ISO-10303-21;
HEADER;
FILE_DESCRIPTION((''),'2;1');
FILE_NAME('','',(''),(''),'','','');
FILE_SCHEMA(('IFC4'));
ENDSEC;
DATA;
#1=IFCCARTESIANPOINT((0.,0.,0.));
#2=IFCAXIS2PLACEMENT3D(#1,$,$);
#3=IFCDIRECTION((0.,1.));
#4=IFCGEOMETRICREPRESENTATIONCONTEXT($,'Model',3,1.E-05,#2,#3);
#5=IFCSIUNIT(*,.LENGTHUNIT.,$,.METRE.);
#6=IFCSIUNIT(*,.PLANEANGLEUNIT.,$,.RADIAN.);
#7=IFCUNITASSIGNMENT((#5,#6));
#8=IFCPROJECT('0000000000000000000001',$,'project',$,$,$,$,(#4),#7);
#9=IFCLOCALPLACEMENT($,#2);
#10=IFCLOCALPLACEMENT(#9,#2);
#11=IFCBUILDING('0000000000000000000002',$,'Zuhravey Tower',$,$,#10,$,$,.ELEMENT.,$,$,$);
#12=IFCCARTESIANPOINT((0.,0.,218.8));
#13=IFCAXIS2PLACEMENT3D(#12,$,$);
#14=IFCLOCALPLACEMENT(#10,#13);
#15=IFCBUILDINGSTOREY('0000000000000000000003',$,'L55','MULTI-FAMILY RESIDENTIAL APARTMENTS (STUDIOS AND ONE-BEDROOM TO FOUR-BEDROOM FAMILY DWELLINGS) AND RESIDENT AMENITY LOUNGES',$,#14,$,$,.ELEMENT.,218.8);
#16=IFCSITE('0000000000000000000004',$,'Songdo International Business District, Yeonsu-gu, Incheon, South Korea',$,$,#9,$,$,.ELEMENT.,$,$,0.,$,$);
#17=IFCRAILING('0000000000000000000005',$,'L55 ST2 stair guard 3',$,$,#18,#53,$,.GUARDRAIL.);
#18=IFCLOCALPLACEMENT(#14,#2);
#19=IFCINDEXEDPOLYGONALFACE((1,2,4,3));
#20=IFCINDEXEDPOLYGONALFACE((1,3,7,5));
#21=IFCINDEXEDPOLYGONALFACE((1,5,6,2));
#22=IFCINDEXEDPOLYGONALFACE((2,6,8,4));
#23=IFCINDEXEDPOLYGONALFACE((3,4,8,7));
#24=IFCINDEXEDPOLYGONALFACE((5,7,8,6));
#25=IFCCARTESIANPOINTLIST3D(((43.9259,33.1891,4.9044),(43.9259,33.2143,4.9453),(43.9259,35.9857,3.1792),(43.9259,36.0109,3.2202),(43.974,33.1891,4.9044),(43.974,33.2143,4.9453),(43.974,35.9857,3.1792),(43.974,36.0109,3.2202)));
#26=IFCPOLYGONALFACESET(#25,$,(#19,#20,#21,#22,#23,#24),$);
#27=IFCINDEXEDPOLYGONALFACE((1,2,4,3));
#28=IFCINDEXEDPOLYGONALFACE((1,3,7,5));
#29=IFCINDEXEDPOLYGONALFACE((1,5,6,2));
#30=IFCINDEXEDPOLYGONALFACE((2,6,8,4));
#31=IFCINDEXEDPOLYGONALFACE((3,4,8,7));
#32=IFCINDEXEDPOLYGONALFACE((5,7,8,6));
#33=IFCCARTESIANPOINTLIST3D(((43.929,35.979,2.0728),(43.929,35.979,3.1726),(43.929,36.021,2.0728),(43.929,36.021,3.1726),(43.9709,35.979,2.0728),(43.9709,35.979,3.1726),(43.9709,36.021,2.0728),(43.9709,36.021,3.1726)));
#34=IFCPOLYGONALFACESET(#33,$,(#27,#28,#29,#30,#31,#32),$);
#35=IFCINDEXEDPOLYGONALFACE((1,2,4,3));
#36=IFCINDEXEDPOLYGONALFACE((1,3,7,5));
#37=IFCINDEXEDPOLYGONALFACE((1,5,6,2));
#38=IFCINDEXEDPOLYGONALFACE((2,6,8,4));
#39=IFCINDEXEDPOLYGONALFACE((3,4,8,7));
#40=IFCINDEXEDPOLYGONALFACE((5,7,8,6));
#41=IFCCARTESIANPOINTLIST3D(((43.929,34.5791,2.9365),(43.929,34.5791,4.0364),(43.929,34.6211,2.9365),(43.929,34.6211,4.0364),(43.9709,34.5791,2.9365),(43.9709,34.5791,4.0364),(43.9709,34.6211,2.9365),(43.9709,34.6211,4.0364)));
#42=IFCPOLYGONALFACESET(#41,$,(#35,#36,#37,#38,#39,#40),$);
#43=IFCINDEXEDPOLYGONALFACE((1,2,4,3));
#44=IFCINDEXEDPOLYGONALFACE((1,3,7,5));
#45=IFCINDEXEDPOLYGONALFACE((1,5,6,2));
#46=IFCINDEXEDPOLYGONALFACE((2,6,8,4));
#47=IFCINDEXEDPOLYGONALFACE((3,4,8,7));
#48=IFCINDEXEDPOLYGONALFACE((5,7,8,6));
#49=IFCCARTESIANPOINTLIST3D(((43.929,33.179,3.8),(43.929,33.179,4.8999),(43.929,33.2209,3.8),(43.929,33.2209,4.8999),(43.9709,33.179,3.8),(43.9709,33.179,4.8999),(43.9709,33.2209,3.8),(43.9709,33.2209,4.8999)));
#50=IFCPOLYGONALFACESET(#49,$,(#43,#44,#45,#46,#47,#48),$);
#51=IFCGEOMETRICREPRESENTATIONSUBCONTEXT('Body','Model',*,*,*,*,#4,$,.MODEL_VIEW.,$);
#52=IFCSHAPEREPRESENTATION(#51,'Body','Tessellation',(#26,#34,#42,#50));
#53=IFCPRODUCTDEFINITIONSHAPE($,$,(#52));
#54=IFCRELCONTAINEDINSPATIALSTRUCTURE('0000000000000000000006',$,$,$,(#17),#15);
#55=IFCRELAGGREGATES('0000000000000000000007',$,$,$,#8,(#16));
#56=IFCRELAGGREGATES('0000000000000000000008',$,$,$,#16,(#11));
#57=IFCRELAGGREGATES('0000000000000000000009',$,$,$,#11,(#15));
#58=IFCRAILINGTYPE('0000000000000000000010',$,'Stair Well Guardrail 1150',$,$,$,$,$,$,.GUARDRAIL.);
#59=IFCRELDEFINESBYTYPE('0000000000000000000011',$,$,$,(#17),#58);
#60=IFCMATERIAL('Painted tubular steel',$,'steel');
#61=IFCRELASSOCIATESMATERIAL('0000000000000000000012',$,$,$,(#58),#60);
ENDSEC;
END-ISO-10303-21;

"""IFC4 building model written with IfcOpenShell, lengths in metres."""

from ifc_helpers import new_model, si_unit, direction, frame, origin, origin_2d, place, context, subcontext, project, spatial, rectangle, extrude, material, type_object, element, save


model = new_model("IFC4")

# Units and contexts
model_context = context("Model", 3, precision=1e-05, world=origin(), true_north=direction((0.0, 1.0)))
body_context = subcontext(model_context, "Body", "Model", "MODEL_VIEW")
ifc_project = project(units=[si_unit("LENGTHUNIT", "METRE"), si_unit("PLANEANGLEUNIT", "RADIAN")], contexts=[model_context])

# Site, building, storey
site_placement = place(None, origin())
site = spatial("IfcSite", under=ifc_project, at=site_placement, Name="Songdo International Business District, Yeonsu-gu, Incheon, South Korea", CompositionType="ELEMENT", RefElevation=0.0)
building_placement = place(site_placement, origin())
building = spatial("IfcBuilding", under=site, at=building_placement, Name="Zuhravey Tower", CompositionType="ELEMENT")
storey_placement = place(building_placement, frame((0.0, 0.0, 218.8)))
storey = spatial("IfcBuildingStorey", under=building, at=storey_placement, Name="L55", Description="MULTI-FAMILY RESIDENTIAL APARTMENTS (STUDIOS AND ONE-BEDROOM TO FOUR-BEDROOM FAMILY DWELLINGS) AND RESIDENT AMENITY LOUNGES", CompositionType="ELEMENT", Elevation=218.8)

# Railing
ifc_material_1 = material(Name="Painted tubular steel", Category="steel")
railing_type_1 = type_object("IfcRailingType", Name="Stair Well Guardrail 1150", PredefinedType="GUARDRAIL", material=ifc_material_1)
railing_1_placement = place(storey_placement, frame((43.95, 36.0, 2.0728)))
element("IfcRailing", 1, at=railing_1_placement, inside=storey, type_object=railing_type_1, Name="L55 ST2 stair guard 3", PredefinedType="GUARDRAIL", context=body_context, shape_type="SweptSolid", body=[
    extrude(rectangle(XDim=0.0481, YDim=0.0481, at=origin_2d()), frame((0.0, -0.0017, 1.127), z_axis=(0.0, -0.85109, 0.52502), x_axis=(1.0, 0.0, 0.0)), (0.0, 0.0, 1.0), 3.2859),
    extrude(rectangle(XDim=0.042, YDim=0.042, at=origin_2d()), origin(), (0.0, 0.0, 1.0), 1.0999),
    extrude(rectangle(XDim=0.042, YDim=0.042, at=origin_2d()), frame((0.0, -1.3999, 0.8638)), (0.0, 0.0, 1.0), 1.0999),
    extrude(rectangle(XDim=0.042, YDim=0.042, at=origin_2d()), frame((0.0, -2.8, 1.7273)), (0.0, 0.0, 1.0), 1.0999),
])

save(model, "model.ifc")
